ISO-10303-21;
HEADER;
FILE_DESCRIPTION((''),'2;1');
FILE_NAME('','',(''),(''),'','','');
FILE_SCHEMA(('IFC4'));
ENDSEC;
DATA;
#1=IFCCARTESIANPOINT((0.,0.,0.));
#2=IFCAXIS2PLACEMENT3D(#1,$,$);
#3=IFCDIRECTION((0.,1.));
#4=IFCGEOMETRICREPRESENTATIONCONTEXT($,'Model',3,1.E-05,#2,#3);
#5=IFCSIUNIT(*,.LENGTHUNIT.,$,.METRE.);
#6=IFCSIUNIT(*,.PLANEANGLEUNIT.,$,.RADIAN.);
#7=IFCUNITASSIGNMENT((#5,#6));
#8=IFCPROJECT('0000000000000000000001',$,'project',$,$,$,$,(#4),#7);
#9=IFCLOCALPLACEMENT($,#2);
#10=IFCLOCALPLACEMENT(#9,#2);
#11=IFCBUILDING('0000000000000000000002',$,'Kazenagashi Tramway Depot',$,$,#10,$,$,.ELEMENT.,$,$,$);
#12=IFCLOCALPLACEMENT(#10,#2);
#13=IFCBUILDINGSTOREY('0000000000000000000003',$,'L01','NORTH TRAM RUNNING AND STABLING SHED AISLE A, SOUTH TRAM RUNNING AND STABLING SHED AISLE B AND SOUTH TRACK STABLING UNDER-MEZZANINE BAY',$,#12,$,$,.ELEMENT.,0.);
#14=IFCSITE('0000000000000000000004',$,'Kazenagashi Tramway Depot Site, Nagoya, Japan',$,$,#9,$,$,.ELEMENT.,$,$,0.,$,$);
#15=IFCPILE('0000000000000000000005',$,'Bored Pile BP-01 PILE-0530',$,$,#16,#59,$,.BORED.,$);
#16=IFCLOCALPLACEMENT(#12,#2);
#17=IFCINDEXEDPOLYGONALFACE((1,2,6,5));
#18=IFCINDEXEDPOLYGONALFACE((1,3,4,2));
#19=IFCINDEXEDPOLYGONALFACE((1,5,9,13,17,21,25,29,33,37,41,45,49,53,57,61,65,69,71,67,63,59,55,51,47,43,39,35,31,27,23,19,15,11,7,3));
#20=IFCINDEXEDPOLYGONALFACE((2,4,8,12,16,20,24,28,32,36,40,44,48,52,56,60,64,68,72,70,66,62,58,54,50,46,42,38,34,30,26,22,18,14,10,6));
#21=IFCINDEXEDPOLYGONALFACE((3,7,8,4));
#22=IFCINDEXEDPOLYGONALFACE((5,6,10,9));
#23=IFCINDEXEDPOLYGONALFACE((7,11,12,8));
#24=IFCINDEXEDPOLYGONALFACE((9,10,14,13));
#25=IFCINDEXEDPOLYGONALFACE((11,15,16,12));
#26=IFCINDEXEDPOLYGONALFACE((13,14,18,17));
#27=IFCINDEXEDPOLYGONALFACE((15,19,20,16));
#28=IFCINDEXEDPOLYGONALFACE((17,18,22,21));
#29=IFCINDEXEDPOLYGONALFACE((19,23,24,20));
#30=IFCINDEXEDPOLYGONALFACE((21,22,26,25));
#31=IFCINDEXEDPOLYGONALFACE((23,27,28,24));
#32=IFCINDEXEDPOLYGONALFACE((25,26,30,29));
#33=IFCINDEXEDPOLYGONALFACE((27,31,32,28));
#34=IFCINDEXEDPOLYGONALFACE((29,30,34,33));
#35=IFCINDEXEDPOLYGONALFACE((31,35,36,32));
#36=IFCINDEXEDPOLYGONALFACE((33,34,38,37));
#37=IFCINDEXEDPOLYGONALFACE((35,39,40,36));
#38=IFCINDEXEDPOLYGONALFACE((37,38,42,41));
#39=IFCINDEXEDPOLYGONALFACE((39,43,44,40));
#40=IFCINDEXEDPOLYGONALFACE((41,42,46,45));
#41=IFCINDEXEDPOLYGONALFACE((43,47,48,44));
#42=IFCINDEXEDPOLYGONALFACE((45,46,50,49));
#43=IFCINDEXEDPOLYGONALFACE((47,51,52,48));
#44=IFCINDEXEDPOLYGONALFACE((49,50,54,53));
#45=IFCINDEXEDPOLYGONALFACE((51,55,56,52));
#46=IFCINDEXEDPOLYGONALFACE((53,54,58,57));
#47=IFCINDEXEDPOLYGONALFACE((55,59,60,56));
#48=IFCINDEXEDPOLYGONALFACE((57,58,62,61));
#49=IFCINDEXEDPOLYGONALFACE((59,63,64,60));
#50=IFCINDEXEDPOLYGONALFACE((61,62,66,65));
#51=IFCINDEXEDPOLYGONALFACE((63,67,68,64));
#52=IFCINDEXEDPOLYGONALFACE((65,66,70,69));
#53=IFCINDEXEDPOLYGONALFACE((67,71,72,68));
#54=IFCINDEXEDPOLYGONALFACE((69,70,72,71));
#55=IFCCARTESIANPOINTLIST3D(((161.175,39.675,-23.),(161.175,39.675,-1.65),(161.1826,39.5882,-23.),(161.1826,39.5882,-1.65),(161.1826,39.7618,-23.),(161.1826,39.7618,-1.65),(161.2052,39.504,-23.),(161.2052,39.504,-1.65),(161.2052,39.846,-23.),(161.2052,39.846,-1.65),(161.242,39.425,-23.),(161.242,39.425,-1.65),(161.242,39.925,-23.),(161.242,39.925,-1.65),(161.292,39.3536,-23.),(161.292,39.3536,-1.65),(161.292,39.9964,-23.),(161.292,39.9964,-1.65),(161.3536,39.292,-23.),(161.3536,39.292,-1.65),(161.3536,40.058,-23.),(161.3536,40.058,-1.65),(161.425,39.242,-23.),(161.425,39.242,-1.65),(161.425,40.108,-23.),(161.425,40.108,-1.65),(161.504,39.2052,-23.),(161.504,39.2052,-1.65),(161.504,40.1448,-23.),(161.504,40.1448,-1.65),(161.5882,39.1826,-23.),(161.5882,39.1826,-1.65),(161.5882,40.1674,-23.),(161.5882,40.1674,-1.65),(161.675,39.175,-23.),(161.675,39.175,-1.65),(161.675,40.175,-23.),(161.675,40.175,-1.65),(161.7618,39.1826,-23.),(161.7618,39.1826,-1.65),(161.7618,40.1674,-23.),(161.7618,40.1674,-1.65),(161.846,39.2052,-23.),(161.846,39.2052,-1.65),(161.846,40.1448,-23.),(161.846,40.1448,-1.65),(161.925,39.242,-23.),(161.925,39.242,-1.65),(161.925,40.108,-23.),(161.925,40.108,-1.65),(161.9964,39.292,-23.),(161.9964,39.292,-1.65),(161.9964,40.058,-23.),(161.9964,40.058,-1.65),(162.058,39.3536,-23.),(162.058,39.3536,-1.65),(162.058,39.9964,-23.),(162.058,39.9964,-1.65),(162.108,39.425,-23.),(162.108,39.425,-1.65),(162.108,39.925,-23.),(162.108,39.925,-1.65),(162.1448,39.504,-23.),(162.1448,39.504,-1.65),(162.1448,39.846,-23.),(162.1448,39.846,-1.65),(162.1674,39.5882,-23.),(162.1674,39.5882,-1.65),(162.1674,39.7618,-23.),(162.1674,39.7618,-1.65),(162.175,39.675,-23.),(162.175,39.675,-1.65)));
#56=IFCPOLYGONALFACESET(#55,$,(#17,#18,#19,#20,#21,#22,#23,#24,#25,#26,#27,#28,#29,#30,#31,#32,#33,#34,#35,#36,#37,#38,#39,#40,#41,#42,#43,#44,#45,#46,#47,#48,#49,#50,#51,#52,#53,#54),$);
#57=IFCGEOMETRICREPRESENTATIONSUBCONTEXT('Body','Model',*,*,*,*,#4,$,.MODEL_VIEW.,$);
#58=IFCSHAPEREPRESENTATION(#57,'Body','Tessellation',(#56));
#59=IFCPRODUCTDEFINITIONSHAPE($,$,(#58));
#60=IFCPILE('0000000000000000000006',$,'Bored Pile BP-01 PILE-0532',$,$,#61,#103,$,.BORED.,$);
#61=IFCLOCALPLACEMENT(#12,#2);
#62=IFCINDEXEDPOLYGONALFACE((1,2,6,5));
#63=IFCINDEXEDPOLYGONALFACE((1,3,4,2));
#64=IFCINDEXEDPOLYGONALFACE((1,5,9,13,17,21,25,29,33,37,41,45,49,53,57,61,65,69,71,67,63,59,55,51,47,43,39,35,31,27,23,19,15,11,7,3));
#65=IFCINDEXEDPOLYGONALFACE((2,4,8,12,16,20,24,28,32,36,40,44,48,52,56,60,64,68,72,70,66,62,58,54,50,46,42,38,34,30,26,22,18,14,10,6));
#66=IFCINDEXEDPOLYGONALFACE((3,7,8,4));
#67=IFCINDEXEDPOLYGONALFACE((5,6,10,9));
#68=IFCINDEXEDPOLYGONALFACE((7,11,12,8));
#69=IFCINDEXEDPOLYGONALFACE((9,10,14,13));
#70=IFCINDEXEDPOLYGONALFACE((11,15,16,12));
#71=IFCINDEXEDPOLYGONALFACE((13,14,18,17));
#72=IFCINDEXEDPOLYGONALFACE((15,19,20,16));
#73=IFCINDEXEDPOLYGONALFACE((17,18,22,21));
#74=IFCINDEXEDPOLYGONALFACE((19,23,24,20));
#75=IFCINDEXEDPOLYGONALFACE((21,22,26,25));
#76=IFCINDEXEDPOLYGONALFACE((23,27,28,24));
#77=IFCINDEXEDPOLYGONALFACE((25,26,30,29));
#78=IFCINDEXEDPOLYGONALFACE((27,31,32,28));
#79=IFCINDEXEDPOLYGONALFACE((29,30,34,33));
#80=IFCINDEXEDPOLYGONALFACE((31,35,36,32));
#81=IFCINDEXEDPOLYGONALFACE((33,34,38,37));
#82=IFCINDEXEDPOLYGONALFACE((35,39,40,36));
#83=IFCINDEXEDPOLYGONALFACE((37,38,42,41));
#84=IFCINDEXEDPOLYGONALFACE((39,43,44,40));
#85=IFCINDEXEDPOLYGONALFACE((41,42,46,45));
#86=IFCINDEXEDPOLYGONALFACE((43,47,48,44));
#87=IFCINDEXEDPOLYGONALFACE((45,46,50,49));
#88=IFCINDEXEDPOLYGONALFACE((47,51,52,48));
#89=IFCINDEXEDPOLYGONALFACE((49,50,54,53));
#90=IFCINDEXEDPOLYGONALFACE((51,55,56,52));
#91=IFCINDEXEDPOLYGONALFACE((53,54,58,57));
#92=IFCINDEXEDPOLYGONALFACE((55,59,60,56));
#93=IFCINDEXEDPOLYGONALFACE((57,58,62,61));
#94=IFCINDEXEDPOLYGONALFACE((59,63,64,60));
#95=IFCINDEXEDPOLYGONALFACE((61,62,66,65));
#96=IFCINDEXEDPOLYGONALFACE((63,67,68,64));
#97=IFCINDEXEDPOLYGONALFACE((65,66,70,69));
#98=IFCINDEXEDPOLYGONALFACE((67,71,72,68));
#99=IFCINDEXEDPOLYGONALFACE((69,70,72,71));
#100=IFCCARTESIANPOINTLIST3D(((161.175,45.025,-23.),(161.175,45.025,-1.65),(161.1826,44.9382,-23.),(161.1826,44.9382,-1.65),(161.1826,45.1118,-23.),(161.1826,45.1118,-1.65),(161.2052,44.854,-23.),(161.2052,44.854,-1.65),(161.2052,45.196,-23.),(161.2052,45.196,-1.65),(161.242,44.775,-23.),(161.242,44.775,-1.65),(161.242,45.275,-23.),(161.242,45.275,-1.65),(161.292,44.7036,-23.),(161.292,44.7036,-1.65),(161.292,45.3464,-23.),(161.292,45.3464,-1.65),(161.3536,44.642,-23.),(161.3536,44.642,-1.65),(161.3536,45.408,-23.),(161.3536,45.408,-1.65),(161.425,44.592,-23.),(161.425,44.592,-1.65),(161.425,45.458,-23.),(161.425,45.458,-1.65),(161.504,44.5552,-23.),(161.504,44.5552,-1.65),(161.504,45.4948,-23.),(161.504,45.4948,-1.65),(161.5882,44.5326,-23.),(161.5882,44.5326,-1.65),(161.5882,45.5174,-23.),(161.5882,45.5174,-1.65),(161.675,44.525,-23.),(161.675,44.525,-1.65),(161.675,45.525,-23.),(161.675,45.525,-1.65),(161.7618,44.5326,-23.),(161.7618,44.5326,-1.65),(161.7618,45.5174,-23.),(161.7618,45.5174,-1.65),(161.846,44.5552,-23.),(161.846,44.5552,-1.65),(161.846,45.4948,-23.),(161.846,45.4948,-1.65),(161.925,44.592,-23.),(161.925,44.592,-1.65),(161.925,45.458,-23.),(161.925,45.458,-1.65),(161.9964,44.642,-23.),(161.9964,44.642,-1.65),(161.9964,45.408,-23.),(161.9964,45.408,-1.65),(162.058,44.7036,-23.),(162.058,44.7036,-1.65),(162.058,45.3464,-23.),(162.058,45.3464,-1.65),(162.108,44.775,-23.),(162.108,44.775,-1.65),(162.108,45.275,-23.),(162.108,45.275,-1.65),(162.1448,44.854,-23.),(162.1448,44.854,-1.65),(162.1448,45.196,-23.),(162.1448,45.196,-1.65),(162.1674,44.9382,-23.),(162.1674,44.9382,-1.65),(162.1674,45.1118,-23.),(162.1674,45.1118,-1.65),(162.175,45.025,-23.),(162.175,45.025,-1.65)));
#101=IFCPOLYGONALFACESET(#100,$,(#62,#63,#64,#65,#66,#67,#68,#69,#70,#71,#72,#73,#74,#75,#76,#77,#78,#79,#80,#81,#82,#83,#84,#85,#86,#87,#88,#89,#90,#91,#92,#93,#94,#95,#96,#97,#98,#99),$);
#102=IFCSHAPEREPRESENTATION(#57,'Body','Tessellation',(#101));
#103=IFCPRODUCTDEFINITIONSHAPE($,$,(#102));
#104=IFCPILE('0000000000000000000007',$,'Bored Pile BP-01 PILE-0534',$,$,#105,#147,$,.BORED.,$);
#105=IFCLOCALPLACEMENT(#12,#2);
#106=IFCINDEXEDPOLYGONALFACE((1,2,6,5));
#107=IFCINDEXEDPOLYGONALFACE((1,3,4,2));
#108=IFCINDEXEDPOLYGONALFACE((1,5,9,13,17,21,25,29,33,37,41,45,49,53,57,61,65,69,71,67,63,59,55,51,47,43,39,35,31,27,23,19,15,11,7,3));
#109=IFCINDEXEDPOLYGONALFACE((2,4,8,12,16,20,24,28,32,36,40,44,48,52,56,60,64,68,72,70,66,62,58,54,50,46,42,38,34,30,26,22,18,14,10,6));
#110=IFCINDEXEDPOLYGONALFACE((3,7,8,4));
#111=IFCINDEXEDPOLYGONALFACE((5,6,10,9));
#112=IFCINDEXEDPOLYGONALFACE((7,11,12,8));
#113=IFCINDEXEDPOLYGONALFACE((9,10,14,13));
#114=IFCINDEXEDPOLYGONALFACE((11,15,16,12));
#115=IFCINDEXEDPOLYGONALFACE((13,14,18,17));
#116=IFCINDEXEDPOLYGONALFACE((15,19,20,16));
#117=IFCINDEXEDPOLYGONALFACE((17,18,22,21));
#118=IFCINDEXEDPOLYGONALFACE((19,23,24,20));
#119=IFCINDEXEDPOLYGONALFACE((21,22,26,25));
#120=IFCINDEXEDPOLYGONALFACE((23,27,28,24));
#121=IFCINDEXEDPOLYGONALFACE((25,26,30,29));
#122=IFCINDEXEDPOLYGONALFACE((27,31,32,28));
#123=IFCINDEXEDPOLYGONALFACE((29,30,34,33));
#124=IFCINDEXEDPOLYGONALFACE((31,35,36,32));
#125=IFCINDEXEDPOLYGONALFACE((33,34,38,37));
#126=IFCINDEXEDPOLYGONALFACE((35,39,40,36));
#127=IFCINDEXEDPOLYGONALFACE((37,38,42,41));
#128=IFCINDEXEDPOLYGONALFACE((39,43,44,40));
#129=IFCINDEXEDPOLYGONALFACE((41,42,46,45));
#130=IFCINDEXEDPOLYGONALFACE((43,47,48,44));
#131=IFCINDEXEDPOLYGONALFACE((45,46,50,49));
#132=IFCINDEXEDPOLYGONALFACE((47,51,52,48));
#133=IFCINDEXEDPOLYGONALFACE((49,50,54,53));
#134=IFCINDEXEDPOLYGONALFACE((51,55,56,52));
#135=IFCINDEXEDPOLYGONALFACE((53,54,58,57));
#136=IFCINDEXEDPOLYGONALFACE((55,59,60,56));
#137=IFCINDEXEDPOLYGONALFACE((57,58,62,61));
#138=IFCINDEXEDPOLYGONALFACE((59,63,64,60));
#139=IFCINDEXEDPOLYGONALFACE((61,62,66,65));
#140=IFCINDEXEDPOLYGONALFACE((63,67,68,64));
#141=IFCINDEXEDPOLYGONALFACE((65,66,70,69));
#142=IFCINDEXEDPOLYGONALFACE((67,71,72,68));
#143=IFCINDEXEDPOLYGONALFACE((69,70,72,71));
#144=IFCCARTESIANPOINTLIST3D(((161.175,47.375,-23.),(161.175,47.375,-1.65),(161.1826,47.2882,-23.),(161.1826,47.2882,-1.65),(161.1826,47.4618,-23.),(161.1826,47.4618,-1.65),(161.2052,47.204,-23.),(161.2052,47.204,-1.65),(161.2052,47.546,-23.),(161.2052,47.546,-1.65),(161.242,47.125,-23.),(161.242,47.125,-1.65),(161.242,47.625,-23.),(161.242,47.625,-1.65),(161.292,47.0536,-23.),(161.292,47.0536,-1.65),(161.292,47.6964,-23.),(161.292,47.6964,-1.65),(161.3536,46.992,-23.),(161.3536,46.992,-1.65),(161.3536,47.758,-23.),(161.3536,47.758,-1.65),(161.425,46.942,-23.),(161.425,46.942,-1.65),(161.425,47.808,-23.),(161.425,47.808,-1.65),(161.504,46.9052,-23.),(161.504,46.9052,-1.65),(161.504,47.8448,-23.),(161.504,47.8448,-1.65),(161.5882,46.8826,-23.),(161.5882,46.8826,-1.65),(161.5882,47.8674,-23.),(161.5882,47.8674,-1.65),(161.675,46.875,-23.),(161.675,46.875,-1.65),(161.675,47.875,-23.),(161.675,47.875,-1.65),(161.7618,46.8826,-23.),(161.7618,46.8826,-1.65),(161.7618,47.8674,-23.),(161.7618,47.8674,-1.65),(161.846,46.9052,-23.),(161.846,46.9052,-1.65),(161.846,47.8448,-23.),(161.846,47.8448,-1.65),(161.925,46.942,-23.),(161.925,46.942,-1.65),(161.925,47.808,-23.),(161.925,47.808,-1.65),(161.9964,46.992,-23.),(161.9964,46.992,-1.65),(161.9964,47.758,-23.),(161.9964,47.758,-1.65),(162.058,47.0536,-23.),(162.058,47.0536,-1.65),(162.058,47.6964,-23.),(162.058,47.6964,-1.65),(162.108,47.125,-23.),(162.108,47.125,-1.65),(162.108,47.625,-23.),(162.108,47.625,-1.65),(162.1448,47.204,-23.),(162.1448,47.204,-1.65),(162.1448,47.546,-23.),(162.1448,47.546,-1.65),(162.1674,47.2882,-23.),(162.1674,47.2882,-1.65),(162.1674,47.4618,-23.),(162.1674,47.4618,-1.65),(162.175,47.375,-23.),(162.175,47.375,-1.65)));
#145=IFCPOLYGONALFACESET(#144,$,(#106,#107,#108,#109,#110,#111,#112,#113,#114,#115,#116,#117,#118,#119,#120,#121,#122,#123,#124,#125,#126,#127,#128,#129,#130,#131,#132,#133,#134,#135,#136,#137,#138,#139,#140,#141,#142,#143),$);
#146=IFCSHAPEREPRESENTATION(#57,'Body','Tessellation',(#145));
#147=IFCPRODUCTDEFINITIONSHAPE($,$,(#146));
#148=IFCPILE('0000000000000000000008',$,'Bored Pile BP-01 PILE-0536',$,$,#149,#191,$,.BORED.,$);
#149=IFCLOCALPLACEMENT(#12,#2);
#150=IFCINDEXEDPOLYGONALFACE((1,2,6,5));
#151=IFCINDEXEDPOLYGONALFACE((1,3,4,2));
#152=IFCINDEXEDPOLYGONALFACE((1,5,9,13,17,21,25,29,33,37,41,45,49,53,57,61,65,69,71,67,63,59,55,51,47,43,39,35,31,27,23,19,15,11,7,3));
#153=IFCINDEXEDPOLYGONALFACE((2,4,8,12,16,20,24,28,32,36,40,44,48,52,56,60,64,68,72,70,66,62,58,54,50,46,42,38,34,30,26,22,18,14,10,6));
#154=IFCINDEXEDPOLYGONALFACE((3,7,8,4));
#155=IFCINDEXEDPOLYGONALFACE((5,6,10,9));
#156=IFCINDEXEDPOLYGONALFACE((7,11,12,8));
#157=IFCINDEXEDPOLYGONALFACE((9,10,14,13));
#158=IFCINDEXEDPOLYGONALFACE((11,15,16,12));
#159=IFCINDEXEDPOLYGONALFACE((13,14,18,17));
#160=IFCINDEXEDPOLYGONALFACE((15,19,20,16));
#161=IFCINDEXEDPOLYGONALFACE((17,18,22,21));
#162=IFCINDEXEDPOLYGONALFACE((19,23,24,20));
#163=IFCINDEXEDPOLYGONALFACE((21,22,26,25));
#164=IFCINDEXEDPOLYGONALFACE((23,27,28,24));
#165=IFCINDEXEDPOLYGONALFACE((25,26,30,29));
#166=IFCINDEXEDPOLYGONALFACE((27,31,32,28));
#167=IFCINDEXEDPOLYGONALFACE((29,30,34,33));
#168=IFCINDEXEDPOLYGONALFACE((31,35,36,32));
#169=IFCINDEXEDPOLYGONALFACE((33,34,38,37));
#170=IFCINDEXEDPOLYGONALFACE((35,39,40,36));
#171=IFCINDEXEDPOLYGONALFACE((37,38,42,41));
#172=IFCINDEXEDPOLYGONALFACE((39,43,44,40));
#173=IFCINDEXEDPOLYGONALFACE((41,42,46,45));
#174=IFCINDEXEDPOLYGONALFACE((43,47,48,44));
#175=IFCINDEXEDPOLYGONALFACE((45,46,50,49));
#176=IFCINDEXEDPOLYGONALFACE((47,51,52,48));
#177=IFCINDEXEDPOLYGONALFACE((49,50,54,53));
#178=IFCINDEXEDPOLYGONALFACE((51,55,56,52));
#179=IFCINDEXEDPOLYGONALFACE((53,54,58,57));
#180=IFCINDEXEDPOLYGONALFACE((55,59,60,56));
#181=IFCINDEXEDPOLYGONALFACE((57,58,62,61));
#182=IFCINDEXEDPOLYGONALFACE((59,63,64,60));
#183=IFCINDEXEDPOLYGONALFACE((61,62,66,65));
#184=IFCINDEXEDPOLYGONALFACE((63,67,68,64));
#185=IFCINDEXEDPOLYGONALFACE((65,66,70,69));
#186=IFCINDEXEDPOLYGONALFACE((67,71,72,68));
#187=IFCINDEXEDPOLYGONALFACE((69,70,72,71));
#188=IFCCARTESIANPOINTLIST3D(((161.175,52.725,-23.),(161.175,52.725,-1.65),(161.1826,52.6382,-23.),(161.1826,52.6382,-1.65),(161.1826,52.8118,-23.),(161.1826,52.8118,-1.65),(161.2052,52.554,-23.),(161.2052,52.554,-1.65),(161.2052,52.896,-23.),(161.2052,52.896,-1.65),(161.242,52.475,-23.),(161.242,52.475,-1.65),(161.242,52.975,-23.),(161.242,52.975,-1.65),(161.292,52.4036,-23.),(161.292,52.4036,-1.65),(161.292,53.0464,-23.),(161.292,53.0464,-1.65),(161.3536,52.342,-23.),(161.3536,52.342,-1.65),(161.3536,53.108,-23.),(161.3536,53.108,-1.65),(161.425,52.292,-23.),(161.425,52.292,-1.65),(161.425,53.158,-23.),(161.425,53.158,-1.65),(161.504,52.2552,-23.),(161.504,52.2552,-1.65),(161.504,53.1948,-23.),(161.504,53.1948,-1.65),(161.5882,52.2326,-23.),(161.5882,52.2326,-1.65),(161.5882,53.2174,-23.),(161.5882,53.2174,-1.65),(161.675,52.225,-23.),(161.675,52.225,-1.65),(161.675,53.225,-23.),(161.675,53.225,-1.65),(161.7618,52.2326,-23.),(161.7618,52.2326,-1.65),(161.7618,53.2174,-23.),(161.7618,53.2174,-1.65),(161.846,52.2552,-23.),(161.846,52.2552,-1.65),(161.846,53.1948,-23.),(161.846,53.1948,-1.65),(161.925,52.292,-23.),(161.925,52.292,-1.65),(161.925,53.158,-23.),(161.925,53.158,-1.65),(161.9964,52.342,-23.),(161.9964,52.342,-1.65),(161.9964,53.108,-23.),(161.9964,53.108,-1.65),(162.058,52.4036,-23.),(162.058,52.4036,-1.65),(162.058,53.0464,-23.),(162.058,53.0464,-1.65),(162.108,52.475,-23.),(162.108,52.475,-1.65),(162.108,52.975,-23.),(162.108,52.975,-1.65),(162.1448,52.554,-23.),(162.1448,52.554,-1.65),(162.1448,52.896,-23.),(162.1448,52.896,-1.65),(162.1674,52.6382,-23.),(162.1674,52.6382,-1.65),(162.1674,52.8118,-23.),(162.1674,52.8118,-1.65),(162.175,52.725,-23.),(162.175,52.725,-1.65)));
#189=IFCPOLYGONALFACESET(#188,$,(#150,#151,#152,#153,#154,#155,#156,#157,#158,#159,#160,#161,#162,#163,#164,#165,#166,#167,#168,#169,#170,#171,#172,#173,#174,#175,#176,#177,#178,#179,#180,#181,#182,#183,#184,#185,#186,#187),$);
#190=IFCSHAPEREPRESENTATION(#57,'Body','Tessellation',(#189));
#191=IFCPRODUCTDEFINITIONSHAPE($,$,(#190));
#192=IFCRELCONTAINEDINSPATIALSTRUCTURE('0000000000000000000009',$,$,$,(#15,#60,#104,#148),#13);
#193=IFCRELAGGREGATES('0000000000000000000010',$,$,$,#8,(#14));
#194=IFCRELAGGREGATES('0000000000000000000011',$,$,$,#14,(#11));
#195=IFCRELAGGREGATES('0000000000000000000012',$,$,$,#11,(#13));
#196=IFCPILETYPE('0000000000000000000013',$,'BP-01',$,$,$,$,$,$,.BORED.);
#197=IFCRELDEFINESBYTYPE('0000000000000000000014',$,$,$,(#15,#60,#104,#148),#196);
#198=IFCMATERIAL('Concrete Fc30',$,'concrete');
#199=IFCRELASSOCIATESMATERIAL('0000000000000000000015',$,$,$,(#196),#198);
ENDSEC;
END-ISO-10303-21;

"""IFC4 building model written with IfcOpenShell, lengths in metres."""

from ifc_helpers import new_model, si_unit, direction, frame, origin, origin_2d, place, context, subcontext, project, spatial, circle, extrude, material, material_profile, profile_set, type_object, element, save


model = new_model("IFC4")

# Units and contexts
model_context = context("Model", 3, precision=1e-05, world=origin(), true_north=direction((0.0, 1.0)))
body_context = subcontext(model_context, "Body", "Model", "MODEL_VIEW")
ifc_project = project(units=[si_unit("LENGTHUNIT", "METRE"), si_unit("PLANEANGLEUNIT", "RADIAN")], contexts=[model_context])

# Site, building, storey
site_placement = place(None, origin())
site = spatial("IfcSite", under=ifc_project, at=site_placement, Name="Kazenagashi Tramway Depot Site, Nagoya, Japan", CompositionType="ELEMENT", RefElevation=0.0)
building_placement = place(site_placement, origin())
building = spatial("IfcBuilding", under=site, at=building_placement, Name="Kazenagashi Tramway Depot", CompositionType="ELEMENT")
storey_placement = place(building_placement, origin())
storey = spatial("IfcBuildingStorey", under=building, at=storey_placement, Name="L01", Description="NORTH TRAM RUNNING AND STABLING SHED AISLE A, SOUTH TRAM RUNNING AND STABLING SHED AISLE B AND SOUTH TRACK STABLING UNDER-MEZZANINE BAY", CompositionType="ELEMENT", Elevation=0.0)

# Piles
ifc_material_1 = material(Name="Concrete Fc30", Category="concrete")
ifc_material_profile_1 = material_profile(ifc_material_1, circle(Radius=0.5, at=origin_2d()), Name="PILE-1000")
ifc_profile_set_1 = profile_set([ifc_material_profile_1], Name="Concrete Fc30")
pile_type = type_object("IfcPileType", Name="BP-01", PredefinedType="BORED", material=ifc_profile_set_1)
for number, where, z_axis, x_axis, name in (
    (1, (161.675, 39.675, -1.65), (0.0, 0.0, -1.0), (1.0, 0.0, 0.0), "Bored Pile BP-01 PILE-0530"),
    (2, (161.675, 45.025, -1.65), (0.0, 0.0, -1.0), (1.0, 0.0, 0.0), "Bored Pile BP-01 PILE-0532"),
    (3, (161.675, 47.375, -1.65), (0.0, 0.0, -1.0), (1.0, 0.0, 0.0), "Bored Pile BP-01 PILE-0534"),
    (4, (161.675, 52.725, -1.65), (0.0, 0.0, -1.0), (1.0, 0.0, 0.0), "Bored Pile BP-01 PILE-0536"),
):
    element("IfcPile", number, at=place(storey_placement, frame(where, z_axis=z_axis, x_axis=x_axis)), inside=storey, type_object=pile_type, Name=name, PredefinedType="BORED", context=body_context, shape_type="SweptSolid", body=[
        extrude(circle(Radius=0.5, at=origin_2d()), origin(), (0.0, 0.0, 1.0), 21.35),
    ])

save(model, "model.ifc")
